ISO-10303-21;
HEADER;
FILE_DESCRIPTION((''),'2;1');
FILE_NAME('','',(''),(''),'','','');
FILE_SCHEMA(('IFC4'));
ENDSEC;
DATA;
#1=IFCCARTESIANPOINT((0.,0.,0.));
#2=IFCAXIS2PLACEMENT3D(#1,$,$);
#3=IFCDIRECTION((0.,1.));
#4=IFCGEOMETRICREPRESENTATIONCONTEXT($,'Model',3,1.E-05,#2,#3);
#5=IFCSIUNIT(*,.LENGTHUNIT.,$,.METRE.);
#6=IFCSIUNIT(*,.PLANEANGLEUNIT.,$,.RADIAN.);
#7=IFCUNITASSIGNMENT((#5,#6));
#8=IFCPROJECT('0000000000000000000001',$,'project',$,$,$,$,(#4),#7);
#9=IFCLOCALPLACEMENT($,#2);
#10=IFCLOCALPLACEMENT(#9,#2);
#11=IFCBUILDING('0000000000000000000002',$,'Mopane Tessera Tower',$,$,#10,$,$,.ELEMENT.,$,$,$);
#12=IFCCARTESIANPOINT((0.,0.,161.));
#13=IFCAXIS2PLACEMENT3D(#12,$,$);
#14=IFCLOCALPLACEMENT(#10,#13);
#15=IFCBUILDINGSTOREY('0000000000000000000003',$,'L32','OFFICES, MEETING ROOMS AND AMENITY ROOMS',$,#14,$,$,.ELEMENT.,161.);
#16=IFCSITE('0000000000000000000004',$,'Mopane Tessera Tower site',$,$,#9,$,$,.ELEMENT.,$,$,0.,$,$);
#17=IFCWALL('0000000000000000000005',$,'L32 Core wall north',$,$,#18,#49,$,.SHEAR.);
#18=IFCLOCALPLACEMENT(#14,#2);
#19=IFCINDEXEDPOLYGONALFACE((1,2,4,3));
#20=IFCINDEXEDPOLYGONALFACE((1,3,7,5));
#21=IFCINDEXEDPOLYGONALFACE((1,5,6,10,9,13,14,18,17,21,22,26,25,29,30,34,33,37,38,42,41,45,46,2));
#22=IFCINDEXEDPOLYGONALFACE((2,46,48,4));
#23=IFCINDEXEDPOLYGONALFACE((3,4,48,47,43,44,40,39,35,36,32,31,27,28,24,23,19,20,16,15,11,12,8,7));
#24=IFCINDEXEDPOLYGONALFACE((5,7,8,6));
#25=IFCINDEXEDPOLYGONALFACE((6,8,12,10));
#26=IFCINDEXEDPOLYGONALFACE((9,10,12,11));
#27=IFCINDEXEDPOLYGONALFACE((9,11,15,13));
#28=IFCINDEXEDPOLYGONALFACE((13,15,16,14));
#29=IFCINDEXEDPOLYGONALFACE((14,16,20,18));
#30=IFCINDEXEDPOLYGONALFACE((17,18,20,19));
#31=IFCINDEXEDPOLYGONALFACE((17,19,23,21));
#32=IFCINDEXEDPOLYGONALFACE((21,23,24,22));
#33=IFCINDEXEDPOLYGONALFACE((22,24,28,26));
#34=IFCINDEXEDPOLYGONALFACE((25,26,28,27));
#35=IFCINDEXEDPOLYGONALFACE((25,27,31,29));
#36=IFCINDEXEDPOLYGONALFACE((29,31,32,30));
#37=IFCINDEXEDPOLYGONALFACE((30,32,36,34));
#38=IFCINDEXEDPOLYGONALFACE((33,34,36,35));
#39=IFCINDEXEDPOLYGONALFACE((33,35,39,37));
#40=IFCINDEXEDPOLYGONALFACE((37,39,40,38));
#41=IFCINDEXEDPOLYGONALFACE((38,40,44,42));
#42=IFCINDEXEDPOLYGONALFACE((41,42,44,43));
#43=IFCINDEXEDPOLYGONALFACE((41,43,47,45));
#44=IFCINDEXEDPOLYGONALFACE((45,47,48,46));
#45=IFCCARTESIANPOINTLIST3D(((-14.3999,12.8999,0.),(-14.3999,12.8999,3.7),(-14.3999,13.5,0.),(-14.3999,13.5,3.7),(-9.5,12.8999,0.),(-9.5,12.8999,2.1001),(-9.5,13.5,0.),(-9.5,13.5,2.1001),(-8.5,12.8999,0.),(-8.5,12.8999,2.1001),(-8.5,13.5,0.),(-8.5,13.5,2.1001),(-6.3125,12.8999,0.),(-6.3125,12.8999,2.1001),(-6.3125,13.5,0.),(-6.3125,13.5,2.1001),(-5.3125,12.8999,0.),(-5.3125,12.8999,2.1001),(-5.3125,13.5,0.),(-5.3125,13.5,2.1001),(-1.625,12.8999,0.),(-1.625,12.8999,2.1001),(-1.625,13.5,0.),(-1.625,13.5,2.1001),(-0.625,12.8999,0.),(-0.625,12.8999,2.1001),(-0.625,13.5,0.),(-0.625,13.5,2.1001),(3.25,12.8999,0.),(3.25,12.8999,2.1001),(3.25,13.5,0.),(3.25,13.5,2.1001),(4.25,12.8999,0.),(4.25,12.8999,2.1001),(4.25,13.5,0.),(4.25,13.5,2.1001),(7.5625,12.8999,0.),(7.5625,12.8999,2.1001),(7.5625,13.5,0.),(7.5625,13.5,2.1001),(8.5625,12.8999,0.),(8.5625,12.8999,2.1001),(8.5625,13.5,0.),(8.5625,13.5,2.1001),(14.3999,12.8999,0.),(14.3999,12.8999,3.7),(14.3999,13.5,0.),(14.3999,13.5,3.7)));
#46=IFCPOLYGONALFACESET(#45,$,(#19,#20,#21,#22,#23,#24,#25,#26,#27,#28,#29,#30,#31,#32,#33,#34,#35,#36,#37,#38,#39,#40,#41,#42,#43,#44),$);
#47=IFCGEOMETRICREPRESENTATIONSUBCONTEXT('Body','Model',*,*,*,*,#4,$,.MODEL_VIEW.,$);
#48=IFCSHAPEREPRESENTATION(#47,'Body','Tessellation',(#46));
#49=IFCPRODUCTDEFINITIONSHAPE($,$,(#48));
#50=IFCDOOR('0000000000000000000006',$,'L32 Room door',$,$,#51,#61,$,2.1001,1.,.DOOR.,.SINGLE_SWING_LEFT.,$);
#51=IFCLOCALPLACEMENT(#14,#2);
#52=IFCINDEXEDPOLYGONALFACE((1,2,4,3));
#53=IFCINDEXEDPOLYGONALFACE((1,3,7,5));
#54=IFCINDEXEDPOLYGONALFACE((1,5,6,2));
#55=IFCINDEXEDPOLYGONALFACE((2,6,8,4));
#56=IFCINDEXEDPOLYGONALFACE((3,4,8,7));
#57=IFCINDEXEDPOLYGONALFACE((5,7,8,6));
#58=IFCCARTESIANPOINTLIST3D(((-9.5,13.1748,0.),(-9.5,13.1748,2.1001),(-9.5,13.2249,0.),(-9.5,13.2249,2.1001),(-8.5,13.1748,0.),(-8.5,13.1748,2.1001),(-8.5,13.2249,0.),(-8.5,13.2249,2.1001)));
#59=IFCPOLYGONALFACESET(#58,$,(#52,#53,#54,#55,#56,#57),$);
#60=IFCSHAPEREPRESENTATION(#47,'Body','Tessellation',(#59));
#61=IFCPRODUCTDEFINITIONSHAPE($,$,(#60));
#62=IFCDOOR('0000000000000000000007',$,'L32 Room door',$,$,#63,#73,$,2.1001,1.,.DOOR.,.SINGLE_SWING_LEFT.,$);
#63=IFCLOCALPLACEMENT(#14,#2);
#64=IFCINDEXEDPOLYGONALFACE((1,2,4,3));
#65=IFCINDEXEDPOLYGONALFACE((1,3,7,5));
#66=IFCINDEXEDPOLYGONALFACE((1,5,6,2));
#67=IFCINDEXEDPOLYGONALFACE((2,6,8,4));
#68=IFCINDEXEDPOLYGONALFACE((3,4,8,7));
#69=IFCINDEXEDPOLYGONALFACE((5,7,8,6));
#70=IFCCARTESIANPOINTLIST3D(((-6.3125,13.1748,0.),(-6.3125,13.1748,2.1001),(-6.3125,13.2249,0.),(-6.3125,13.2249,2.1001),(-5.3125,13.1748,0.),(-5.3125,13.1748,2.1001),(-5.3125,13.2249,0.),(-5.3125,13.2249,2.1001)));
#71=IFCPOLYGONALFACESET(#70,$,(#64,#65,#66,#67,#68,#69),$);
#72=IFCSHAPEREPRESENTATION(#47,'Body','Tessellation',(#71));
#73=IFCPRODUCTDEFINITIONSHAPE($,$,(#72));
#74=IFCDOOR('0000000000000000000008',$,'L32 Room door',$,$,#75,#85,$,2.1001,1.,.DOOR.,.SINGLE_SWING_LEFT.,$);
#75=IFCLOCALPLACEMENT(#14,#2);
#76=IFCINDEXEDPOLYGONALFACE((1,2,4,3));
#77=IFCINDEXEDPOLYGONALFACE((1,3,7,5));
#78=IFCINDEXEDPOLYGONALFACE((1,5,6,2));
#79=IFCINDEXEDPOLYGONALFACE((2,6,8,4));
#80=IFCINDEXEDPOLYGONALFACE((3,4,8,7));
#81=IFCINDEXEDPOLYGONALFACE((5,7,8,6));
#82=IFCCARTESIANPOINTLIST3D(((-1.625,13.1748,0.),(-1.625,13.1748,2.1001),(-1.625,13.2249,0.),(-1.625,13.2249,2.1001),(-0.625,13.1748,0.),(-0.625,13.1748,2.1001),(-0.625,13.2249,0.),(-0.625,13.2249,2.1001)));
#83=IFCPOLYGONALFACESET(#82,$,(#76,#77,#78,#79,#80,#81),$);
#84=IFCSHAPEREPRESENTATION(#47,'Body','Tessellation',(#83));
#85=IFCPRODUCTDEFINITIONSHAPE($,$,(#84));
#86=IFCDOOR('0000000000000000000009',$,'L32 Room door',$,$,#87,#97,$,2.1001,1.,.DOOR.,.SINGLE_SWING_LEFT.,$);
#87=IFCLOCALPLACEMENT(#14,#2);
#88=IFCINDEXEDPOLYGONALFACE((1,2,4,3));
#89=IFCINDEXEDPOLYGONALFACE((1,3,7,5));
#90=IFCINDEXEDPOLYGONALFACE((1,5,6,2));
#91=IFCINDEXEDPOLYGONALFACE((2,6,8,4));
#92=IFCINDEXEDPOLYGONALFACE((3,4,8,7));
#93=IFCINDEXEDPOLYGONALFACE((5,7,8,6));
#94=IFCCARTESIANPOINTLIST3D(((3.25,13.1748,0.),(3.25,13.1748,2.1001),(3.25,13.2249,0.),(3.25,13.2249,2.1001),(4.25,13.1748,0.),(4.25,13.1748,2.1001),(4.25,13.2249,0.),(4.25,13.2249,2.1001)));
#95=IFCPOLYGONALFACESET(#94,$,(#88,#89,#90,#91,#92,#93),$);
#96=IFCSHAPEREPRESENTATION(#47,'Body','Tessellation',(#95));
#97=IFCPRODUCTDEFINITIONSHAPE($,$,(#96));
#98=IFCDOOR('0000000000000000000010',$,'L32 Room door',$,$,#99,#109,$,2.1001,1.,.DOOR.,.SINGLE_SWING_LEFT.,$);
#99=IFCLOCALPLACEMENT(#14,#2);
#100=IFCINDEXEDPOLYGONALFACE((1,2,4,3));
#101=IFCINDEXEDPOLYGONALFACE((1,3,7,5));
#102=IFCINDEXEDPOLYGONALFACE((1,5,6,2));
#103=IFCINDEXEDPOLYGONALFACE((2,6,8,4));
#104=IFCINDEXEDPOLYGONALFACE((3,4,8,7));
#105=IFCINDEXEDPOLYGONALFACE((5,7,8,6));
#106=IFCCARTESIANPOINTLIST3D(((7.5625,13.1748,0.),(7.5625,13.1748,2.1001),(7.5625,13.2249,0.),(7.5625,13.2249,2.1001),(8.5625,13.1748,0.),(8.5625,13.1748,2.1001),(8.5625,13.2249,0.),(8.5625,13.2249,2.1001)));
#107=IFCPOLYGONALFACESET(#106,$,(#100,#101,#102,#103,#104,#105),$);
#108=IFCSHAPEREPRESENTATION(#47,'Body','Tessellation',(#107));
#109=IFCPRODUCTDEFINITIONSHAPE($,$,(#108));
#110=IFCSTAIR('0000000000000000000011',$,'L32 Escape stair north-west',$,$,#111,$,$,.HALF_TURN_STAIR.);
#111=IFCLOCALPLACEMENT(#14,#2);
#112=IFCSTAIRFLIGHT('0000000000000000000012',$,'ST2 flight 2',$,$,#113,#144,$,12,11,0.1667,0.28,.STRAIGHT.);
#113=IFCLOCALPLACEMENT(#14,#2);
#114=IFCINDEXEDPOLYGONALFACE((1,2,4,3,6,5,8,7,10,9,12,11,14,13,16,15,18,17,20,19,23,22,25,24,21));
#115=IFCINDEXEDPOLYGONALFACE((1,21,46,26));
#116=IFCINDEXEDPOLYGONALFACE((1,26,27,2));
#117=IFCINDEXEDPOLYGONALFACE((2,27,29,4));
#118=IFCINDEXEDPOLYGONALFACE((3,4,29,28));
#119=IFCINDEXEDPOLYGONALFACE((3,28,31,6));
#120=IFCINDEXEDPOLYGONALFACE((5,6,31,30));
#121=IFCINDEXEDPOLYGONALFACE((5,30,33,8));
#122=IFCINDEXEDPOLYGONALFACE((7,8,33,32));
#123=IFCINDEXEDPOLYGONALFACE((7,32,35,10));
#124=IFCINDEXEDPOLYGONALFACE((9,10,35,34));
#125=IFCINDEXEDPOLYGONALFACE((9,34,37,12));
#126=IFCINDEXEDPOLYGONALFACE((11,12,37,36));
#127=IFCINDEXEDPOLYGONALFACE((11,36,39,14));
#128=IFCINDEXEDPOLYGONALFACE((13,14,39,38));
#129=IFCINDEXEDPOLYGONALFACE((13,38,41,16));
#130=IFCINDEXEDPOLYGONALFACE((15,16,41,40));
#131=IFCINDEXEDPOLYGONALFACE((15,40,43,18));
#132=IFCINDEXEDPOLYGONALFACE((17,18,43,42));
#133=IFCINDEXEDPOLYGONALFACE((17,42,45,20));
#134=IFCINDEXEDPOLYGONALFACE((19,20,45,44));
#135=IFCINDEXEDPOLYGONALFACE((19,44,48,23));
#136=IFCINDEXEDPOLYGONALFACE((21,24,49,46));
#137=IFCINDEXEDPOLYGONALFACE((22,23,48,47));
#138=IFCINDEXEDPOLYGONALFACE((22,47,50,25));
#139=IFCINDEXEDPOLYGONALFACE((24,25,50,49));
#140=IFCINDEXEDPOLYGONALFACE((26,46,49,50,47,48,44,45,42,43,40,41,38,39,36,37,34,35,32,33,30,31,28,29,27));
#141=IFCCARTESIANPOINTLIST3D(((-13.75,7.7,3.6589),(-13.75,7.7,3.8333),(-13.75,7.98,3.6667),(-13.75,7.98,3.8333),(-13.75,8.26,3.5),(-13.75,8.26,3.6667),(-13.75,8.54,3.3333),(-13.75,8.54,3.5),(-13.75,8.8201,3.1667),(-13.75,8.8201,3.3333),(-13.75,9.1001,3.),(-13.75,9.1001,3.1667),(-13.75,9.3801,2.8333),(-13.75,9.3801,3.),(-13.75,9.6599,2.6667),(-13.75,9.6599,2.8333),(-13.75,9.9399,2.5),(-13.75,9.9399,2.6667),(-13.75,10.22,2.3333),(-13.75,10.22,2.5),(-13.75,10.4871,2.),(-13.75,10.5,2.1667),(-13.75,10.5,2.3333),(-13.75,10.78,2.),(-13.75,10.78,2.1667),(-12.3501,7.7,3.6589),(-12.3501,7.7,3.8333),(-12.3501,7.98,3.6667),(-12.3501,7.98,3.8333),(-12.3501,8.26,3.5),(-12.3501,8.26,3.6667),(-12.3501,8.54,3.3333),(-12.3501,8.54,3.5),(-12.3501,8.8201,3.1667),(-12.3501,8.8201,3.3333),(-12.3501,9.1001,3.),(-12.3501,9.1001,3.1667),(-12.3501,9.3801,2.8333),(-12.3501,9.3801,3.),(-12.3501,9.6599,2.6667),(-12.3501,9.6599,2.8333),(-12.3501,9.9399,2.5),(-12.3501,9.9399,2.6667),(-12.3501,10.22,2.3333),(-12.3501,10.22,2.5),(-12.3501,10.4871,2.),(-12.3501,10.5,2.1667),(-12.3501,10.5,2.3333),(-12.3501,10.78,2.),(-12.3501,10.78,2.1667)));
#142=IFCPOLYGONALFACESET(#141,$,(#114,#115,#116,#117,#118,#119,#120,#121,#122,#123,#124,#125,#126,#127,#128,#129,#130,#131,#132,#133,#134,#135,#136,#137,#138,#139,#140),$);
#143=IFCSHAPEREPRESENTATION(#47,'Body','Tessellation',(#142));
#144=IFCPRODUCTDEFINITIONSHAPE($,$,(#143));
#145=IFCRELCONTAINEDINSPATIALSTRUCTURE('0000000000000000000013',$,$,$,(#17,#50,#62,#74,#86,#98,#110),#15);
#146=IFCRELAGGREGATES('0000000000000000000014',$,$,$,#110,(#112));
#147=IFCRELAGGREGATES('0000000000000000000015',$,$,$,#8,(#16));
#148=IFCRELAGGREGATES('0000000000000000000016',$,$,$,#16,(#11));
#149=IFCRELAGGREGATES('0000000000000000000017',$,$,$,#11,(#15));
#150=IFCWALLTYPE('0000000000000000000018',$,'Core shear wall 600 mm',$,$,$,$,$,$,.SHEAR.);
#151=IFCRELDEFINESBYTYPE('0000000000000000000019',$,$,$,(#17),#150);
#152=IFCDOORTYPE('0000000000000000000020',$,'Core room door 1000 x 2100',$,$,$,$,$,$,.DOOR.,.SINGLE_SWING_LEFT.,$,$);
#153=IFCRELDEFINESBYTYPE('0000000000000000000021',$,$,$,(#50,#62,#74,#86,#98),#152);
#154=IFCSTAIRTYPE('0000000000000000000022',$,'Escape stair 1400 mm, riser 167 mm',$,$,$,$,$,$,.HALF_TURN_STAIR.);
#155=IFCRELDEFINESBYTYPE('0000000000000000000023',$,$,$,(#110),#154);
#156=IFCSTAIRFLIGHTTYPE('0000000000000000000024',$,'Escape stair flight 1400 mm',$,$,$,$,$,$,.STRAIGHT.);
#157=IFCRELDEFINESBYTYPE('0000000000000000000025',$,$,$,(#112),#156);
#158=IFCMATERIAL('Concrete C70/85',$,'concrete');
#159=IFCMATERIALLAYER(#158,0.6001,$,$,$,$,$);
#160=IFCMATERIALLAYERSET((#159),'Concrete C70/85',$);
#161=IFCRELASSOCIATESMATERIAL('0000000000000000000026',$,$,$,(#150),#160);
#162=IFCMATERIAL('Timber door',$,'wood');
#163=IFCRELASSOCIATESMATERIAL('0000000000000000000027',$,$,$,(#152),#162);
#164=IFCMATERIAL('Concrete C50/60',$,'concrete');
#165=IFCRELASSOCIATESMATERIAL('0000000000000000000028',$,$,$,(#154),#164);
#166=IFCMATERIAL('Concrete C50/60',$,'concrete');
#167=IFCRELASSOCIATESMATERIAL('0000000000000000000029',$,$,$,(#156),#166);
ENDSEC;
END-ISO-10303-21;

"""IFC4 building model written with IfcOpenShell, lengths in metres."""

from ifc_helpers import new_model, si_unit, direction, frame, frame_2d, origin, place, context, subcontext, project, spatial, polyline, rectangle, outline, extrude, material, layer, layer_set, type_object, element, fill, aggregate, save


model = new_model("IFC4")

# Units and contexts
model_context = context("Model", 3, precision=1e-05, world=origin(), true_north=direction((0.0, 1.0)))
body_context = subcontext(model_context, "Body", "Model", "MODEL_VIEW")
ifc_project = project(units=[si_unit("LENGTHUNIT", "METRE"), si_unit("PLANEANGLEUNIT", "RADIAN")], contexts=[model_context])

# Site, building, storey
site_placement = place(None, origin())
site = spatial("IfcSite", under=ifc_project, at=site_placement, Name="Mopane Tessera Tower site", CompositionType="ELEMENT", RefElevation=0.0)
building_placement = place(site_placement, origin())
building = spatial("IfcBuilding", under=site, at=building_placement, Name="Mopane Tessera Tower", CompositionType="ELEMENT")
storey_placement = place(building_placement, frame((0.0, 0.0, 161.0)))
storey = spatial("IfcBuildingStorey", under=building, at=storey_placement, Name="L32", Description="OFFICES, MEETING ROOMS AND AMENITY ROOMS", CompositionType="ELEMENT", Elevation=161.0)

# Wall, openings, doors
ifc_material_1 = material(Name="Concrete C70/85", Category="concrete")
ifc_layer_1 = layer(ifc_material_1, 0.6001)
ifc_layer_set_1 = layer_set([ifc_layer_1], Name="Concrete C70/85")
wall_type_1 = type_object("IfcWallType", Name="Core shear wall 600 mm", PredefinedType="SHEAR", material=ifc_layer_set_1)
wall_1_placement = place(storey_placement, frame((-14.3999, 13.2, 0.0), z_axis=(0.0, 0.0, 1.0), x_axis=(1.0, 0.0, 0.0)))
wall_1 = element("IfcWall", 1, at=wall_1_placement, inside=storey, type_object=wall_type_1, Name="L32 Core wall north", PredefinedType="SHEAR", context=body_context, shape_type="SweptSolid", body=[
    extrude(rectangle(XDim=28.7998, YDim=0.6001, at=frame_2d((14.3999, 0.0))), origin(), (0.0, 0.0, 1.0), 3.7),
])
opening_1_placement = place(wall_1_placement, frame((4.8999, 0.0, 0.0)))
opening_1 = element("IfcOpeningElement", 2, at=opening_1_placement, cuts=wall_1, PredefinedType="OPENING", context=body_context, shape_type="SweptSolid", body=[
    extrude(rectangle(XDim=1.0, YDim=2.1001, at=frame_2d((0.5, 1.05))), frame((0.0, 0.312, 0.0), z_axis=(0.0, -1.0, 0.0), x_axis=(1.0, 0.0, 0.0)), (0.0, 0.0, 1.0), 0.624),
])
opening_2_placement = place(wall_1_placement, frame((8.0874, 0.0, 0.0)))
opening_2 = element("IfcOpeningElement", 3, at=opening_2_placement, cuts=wall_1, PredefinedType="OPENING", context=body_context, shape_type="SweptSolid", body=[
    extrude(rectangle(XDim=1.0, YDim=2.1001, at=frame_2d((0.5, 1.05))), frame((0.0, 0.312, 0.0), z_axis=(0.0, -1.0, 0.0), x_axis=(1.0, 0.0, 0.0)), (0.0, 0.0, 1.0), 0.624),
])
opening_3_placement = place(wall_1_placement, frame((12.7749, 0.0, 0.0)))
opening_3 = element("IfcOpeningElement", 4, at=opening_3_placement, cuts=wall_1, PredefinedType="OPENING", context=body_context, shape_type="SweptSolid", body=[
    extrude(rectangle(XDim=1.0, YDim=2.1001, at=frame_2d((0.5, 1.05))), frame((0.0, 0.312, 0.0), z_axis=(0.0, -1.0, 0.0), x_axis=(1.0, 0.0, 0.0)), (0.0, 0.0, 1.0), 0.624),
])
opening_4_placement = place(wall_1_placement, frame((17.6499, 0.0, 0.0)))
opening_4 = element("IfcOpeningElement", 5, at=opening_4_placement, cuts=wall_1, PredefinedType="OPENING", context=body_context, shape_type="SweptSolid", body=[
    extrude(rectangle(XDim=1.0, YDim=2.1001, at=frame_2d((0.5, 1.05))), frame((0.0, 0.312, 0.0), z_axis=(0.0, -1.0, 0.0), x_axis=(1.0, 0.0, 0.0)), (0.0, 0.0, 1.0), 0.624),
])
opening_5_placement = place(wall_1_placement, frame((21.9624, 0.0, 0.0)))
opening_5 = element("IfcOpeningElement", 6, at=opening_5_placement, cuts=wall_1, PredefinedType="OPENING", context=body_context, shape_type="SweptSolid", body=[
    extrude(rectangle(XDim=1.0, YDim=2.1001, at=frame_2d((0.5, 1.05))), frame((0.0, 0.312, 0.0), z_axis=(0.0, -1.0, 0.0), x_axis=(1.0, 0.0, 0.0)), (0.0, 0.0, 1.0), 0.624),
])
ifc_material_2 = material(Name="Timber door", Category="wood")
door_type = type_object("IfcDoorType", Name="Core room door 1000 x 2100", OperationType="SINGLE_SWING_LEFT", PredefinedType="DOOR", material=ifc_material_2)
door_1_placement = place(opening_1_placement, origin())
door_1 = element("IfcDoor", 7, at=door_1_placement, inside=storey, type_object=door_type, Name="L32 Room door", OperationType="SINGLE_SWING_LEFT", OverallHeight=2.1001, OverallWidth=1.0, PredefinedType="DOOR", context=body_context, shape_type="SweptSolid", body=[
    extrude(rectangle(XDim=1.0, YDim=2.1001, at=frame_2d((0.5, 1.05))), frame((0.0, 0.0249, 0.0), z_axis=(0.0, -1.0, 0.0), x_axis=(1.0, 0.0, 0.0)), (0.0, 0.0, 1.0), 0.05),
])
fill(opening_1, door_1)
door_2_placement = place(opening_2_placement, origin())
door_2 = element("IfcDoor", 8, at=door_2_placement, inside=storey, type_object=door_type, Name="L32 Room door", OperationType="SINGLE_SWING_LEFT", OverallHeight=2.1001, OverallWidth=1.0, PredefinedType="DOOR", context=body_context, shape_type="SweptSolid", body=[
    extrude(rectangle(XDim=1.0, YDim=2.1001, at=frame_2d((0.5, 1.05))), frame((0.0, 0.0249, 0.0), z_axis=(0.0, -1.0, 0.0), x_axis=(1.0, 0.0, 0.0)), (0.0, 0.0, 1.0), 0.05),
])
fill(opening_2, door_2)
door_3_placement = place(opening_3_placement, origin())
door_3 = element("IfcDoor", 9, at=door_3_placement, inside=storey, type_object=door_type, Name="L32 Room door", OperationType="SINGLE_SWING_LEFT", OverallHeight=2.1001, OverallWidth=1.0, PredefinedType="DOOR", context=body_context, shape_type="SweptSolid", body=[
    extrude(rectangle(XDim=1.0, YDim=2.1001, at=frame_2d((0.5, 1.05))), frame((0.0, 0.0249, 0.0), z_axis=(0.0, -1.0, 0.0), x_axis=(1.0, 0.0, 0.0)), (0.0, 0.0, 1.0), 0.05),
])
fill(opening_3, door_3)
door_4_placement = place(opening_4_placement, origin())
door_4 = element("IfcDoor", 10, at=door_4_placement, inside=storey, type_object=door_type, Name="L32 Room door", OperationType="SINGLE_SWING_LEFT", OverallHeight=2.1001, OverallWidth=1.0, PredefinedType="DOOR", context=body_context, shape_type="SweptSolid", body=[
    extrude(rectangle(XDim=1.0, YDim=2.1001, at=frame_2d((0.5, 1.05))), frame((0.0, 0.0249, 0.0), z_axis=(0.0, -1.0, 0.0), x_axis=(1.0, 0.0, 0.0)), (0.0, 0.0, 1.0), 0.05),
])
fill(opening_4, door_4)
door_5_placement = place(opening_5_placement, origin())
door_5 = element("IfcDoor", 11, at=door_5_placement, inside=storey, type_object=door_type, Name="L32 Room door", OperationType="SINGLE_SWING_LEFT", OverallHeight=2.1001, OverallWidth=1.0, PredefinedType="DOOR", context=body_context, shape_type="SweptSolid", body=[
    extrude(rectangle(XDim=1.0, YDim=2.1001, at=frame_2d((0.5, 1.05))), frame((0.0, 0.0249, 0.0), z_axis=(0.0, -1.0, 0.0), x_axis=(1.0, 0.0, 0.0)), (0.0, 0.0, 1.0), 0.05),
])
fill(opening_5, door_5)

# Stair, stair flight
ifc_material_3 = material(Name="Concrete C50/60", Category="concrete")
stair_type = type_object("IfcStairType", Name="Escape stair 1400 mm, riser 167 mm", PredefinedType="HALF_TURN_STAIR", material=ifc_material_3)
stair_placement = place(storey_placement, origin())
stair = element("IfcStair", 12, at=stair_placement, inside=storey, type_object=stair_type, Name="L32 Escape stair north-west", PredefinedType="HALF_TURN_STAIR")
ifc_material_4 = material(Name="Concrete C50/60", Category="concrete")
stair_flight_type = type_object("IfcStairFlightType", Name="Escape stair flight 1400 mm", PredefinedType="STRAIGHT", material=ifc_material_4)
stair_flight_placement = place(storey_placement, frame((-13.05, 10.78, 2.0), z_axis=(0.0, 0.0, 1.0), x_axis=(0.0, -1.0, 0.0)))
stair_flight = element("IfcStairFlight", 13, at=stair_flight_placement, type_object=stair_flight_type, Name="ST2 flight 2", NumberOfRisers=12, NumberOfTreads=11, PredefinedType="STRAIGHT", RiserHeight=0.1667, TreadLength=0.28, context=body_context, shape_type="SweptSolid", body=[
    extrude(outline(polyline([(0.0, 0.0), (0.0, 0.1667), (0.28, 0.1667), (0.28, 0.3333), (0.5601, 0.3333), (0.5601, 0.5), (0.8401, 0.5), (0.8401, 0.6667), (1.1201, 0.6667), (1.1201, 0.8333), (1.3999, 0.8333), (1.3999, 1.0), (1.6799, 1.0), (1.6799, 1.1667), (1.96, 1.1667), (1.96, 1.3333), (2.24, 1.3333), (2.24, 1.5), (2.52, 1.5), (2.52, 1.6667), (2.8, 1.6667), (2.8, 1.8333), (3.0801, 1.8333), (3.0801, 2.0), (3.0801, 1.6589), (0.293, 0.0), (0.0, 0.0)])), frame((0.0, 0.7, 0.0), z_axis=(0.0, -1.0, 0.0), x_axis=(1.0, 0.0, 0.0)), (0.0, 0.0, 1.0), 1.3999),
])
aggregate(stair, [stair_flight])

save(model, "model.ifc")
